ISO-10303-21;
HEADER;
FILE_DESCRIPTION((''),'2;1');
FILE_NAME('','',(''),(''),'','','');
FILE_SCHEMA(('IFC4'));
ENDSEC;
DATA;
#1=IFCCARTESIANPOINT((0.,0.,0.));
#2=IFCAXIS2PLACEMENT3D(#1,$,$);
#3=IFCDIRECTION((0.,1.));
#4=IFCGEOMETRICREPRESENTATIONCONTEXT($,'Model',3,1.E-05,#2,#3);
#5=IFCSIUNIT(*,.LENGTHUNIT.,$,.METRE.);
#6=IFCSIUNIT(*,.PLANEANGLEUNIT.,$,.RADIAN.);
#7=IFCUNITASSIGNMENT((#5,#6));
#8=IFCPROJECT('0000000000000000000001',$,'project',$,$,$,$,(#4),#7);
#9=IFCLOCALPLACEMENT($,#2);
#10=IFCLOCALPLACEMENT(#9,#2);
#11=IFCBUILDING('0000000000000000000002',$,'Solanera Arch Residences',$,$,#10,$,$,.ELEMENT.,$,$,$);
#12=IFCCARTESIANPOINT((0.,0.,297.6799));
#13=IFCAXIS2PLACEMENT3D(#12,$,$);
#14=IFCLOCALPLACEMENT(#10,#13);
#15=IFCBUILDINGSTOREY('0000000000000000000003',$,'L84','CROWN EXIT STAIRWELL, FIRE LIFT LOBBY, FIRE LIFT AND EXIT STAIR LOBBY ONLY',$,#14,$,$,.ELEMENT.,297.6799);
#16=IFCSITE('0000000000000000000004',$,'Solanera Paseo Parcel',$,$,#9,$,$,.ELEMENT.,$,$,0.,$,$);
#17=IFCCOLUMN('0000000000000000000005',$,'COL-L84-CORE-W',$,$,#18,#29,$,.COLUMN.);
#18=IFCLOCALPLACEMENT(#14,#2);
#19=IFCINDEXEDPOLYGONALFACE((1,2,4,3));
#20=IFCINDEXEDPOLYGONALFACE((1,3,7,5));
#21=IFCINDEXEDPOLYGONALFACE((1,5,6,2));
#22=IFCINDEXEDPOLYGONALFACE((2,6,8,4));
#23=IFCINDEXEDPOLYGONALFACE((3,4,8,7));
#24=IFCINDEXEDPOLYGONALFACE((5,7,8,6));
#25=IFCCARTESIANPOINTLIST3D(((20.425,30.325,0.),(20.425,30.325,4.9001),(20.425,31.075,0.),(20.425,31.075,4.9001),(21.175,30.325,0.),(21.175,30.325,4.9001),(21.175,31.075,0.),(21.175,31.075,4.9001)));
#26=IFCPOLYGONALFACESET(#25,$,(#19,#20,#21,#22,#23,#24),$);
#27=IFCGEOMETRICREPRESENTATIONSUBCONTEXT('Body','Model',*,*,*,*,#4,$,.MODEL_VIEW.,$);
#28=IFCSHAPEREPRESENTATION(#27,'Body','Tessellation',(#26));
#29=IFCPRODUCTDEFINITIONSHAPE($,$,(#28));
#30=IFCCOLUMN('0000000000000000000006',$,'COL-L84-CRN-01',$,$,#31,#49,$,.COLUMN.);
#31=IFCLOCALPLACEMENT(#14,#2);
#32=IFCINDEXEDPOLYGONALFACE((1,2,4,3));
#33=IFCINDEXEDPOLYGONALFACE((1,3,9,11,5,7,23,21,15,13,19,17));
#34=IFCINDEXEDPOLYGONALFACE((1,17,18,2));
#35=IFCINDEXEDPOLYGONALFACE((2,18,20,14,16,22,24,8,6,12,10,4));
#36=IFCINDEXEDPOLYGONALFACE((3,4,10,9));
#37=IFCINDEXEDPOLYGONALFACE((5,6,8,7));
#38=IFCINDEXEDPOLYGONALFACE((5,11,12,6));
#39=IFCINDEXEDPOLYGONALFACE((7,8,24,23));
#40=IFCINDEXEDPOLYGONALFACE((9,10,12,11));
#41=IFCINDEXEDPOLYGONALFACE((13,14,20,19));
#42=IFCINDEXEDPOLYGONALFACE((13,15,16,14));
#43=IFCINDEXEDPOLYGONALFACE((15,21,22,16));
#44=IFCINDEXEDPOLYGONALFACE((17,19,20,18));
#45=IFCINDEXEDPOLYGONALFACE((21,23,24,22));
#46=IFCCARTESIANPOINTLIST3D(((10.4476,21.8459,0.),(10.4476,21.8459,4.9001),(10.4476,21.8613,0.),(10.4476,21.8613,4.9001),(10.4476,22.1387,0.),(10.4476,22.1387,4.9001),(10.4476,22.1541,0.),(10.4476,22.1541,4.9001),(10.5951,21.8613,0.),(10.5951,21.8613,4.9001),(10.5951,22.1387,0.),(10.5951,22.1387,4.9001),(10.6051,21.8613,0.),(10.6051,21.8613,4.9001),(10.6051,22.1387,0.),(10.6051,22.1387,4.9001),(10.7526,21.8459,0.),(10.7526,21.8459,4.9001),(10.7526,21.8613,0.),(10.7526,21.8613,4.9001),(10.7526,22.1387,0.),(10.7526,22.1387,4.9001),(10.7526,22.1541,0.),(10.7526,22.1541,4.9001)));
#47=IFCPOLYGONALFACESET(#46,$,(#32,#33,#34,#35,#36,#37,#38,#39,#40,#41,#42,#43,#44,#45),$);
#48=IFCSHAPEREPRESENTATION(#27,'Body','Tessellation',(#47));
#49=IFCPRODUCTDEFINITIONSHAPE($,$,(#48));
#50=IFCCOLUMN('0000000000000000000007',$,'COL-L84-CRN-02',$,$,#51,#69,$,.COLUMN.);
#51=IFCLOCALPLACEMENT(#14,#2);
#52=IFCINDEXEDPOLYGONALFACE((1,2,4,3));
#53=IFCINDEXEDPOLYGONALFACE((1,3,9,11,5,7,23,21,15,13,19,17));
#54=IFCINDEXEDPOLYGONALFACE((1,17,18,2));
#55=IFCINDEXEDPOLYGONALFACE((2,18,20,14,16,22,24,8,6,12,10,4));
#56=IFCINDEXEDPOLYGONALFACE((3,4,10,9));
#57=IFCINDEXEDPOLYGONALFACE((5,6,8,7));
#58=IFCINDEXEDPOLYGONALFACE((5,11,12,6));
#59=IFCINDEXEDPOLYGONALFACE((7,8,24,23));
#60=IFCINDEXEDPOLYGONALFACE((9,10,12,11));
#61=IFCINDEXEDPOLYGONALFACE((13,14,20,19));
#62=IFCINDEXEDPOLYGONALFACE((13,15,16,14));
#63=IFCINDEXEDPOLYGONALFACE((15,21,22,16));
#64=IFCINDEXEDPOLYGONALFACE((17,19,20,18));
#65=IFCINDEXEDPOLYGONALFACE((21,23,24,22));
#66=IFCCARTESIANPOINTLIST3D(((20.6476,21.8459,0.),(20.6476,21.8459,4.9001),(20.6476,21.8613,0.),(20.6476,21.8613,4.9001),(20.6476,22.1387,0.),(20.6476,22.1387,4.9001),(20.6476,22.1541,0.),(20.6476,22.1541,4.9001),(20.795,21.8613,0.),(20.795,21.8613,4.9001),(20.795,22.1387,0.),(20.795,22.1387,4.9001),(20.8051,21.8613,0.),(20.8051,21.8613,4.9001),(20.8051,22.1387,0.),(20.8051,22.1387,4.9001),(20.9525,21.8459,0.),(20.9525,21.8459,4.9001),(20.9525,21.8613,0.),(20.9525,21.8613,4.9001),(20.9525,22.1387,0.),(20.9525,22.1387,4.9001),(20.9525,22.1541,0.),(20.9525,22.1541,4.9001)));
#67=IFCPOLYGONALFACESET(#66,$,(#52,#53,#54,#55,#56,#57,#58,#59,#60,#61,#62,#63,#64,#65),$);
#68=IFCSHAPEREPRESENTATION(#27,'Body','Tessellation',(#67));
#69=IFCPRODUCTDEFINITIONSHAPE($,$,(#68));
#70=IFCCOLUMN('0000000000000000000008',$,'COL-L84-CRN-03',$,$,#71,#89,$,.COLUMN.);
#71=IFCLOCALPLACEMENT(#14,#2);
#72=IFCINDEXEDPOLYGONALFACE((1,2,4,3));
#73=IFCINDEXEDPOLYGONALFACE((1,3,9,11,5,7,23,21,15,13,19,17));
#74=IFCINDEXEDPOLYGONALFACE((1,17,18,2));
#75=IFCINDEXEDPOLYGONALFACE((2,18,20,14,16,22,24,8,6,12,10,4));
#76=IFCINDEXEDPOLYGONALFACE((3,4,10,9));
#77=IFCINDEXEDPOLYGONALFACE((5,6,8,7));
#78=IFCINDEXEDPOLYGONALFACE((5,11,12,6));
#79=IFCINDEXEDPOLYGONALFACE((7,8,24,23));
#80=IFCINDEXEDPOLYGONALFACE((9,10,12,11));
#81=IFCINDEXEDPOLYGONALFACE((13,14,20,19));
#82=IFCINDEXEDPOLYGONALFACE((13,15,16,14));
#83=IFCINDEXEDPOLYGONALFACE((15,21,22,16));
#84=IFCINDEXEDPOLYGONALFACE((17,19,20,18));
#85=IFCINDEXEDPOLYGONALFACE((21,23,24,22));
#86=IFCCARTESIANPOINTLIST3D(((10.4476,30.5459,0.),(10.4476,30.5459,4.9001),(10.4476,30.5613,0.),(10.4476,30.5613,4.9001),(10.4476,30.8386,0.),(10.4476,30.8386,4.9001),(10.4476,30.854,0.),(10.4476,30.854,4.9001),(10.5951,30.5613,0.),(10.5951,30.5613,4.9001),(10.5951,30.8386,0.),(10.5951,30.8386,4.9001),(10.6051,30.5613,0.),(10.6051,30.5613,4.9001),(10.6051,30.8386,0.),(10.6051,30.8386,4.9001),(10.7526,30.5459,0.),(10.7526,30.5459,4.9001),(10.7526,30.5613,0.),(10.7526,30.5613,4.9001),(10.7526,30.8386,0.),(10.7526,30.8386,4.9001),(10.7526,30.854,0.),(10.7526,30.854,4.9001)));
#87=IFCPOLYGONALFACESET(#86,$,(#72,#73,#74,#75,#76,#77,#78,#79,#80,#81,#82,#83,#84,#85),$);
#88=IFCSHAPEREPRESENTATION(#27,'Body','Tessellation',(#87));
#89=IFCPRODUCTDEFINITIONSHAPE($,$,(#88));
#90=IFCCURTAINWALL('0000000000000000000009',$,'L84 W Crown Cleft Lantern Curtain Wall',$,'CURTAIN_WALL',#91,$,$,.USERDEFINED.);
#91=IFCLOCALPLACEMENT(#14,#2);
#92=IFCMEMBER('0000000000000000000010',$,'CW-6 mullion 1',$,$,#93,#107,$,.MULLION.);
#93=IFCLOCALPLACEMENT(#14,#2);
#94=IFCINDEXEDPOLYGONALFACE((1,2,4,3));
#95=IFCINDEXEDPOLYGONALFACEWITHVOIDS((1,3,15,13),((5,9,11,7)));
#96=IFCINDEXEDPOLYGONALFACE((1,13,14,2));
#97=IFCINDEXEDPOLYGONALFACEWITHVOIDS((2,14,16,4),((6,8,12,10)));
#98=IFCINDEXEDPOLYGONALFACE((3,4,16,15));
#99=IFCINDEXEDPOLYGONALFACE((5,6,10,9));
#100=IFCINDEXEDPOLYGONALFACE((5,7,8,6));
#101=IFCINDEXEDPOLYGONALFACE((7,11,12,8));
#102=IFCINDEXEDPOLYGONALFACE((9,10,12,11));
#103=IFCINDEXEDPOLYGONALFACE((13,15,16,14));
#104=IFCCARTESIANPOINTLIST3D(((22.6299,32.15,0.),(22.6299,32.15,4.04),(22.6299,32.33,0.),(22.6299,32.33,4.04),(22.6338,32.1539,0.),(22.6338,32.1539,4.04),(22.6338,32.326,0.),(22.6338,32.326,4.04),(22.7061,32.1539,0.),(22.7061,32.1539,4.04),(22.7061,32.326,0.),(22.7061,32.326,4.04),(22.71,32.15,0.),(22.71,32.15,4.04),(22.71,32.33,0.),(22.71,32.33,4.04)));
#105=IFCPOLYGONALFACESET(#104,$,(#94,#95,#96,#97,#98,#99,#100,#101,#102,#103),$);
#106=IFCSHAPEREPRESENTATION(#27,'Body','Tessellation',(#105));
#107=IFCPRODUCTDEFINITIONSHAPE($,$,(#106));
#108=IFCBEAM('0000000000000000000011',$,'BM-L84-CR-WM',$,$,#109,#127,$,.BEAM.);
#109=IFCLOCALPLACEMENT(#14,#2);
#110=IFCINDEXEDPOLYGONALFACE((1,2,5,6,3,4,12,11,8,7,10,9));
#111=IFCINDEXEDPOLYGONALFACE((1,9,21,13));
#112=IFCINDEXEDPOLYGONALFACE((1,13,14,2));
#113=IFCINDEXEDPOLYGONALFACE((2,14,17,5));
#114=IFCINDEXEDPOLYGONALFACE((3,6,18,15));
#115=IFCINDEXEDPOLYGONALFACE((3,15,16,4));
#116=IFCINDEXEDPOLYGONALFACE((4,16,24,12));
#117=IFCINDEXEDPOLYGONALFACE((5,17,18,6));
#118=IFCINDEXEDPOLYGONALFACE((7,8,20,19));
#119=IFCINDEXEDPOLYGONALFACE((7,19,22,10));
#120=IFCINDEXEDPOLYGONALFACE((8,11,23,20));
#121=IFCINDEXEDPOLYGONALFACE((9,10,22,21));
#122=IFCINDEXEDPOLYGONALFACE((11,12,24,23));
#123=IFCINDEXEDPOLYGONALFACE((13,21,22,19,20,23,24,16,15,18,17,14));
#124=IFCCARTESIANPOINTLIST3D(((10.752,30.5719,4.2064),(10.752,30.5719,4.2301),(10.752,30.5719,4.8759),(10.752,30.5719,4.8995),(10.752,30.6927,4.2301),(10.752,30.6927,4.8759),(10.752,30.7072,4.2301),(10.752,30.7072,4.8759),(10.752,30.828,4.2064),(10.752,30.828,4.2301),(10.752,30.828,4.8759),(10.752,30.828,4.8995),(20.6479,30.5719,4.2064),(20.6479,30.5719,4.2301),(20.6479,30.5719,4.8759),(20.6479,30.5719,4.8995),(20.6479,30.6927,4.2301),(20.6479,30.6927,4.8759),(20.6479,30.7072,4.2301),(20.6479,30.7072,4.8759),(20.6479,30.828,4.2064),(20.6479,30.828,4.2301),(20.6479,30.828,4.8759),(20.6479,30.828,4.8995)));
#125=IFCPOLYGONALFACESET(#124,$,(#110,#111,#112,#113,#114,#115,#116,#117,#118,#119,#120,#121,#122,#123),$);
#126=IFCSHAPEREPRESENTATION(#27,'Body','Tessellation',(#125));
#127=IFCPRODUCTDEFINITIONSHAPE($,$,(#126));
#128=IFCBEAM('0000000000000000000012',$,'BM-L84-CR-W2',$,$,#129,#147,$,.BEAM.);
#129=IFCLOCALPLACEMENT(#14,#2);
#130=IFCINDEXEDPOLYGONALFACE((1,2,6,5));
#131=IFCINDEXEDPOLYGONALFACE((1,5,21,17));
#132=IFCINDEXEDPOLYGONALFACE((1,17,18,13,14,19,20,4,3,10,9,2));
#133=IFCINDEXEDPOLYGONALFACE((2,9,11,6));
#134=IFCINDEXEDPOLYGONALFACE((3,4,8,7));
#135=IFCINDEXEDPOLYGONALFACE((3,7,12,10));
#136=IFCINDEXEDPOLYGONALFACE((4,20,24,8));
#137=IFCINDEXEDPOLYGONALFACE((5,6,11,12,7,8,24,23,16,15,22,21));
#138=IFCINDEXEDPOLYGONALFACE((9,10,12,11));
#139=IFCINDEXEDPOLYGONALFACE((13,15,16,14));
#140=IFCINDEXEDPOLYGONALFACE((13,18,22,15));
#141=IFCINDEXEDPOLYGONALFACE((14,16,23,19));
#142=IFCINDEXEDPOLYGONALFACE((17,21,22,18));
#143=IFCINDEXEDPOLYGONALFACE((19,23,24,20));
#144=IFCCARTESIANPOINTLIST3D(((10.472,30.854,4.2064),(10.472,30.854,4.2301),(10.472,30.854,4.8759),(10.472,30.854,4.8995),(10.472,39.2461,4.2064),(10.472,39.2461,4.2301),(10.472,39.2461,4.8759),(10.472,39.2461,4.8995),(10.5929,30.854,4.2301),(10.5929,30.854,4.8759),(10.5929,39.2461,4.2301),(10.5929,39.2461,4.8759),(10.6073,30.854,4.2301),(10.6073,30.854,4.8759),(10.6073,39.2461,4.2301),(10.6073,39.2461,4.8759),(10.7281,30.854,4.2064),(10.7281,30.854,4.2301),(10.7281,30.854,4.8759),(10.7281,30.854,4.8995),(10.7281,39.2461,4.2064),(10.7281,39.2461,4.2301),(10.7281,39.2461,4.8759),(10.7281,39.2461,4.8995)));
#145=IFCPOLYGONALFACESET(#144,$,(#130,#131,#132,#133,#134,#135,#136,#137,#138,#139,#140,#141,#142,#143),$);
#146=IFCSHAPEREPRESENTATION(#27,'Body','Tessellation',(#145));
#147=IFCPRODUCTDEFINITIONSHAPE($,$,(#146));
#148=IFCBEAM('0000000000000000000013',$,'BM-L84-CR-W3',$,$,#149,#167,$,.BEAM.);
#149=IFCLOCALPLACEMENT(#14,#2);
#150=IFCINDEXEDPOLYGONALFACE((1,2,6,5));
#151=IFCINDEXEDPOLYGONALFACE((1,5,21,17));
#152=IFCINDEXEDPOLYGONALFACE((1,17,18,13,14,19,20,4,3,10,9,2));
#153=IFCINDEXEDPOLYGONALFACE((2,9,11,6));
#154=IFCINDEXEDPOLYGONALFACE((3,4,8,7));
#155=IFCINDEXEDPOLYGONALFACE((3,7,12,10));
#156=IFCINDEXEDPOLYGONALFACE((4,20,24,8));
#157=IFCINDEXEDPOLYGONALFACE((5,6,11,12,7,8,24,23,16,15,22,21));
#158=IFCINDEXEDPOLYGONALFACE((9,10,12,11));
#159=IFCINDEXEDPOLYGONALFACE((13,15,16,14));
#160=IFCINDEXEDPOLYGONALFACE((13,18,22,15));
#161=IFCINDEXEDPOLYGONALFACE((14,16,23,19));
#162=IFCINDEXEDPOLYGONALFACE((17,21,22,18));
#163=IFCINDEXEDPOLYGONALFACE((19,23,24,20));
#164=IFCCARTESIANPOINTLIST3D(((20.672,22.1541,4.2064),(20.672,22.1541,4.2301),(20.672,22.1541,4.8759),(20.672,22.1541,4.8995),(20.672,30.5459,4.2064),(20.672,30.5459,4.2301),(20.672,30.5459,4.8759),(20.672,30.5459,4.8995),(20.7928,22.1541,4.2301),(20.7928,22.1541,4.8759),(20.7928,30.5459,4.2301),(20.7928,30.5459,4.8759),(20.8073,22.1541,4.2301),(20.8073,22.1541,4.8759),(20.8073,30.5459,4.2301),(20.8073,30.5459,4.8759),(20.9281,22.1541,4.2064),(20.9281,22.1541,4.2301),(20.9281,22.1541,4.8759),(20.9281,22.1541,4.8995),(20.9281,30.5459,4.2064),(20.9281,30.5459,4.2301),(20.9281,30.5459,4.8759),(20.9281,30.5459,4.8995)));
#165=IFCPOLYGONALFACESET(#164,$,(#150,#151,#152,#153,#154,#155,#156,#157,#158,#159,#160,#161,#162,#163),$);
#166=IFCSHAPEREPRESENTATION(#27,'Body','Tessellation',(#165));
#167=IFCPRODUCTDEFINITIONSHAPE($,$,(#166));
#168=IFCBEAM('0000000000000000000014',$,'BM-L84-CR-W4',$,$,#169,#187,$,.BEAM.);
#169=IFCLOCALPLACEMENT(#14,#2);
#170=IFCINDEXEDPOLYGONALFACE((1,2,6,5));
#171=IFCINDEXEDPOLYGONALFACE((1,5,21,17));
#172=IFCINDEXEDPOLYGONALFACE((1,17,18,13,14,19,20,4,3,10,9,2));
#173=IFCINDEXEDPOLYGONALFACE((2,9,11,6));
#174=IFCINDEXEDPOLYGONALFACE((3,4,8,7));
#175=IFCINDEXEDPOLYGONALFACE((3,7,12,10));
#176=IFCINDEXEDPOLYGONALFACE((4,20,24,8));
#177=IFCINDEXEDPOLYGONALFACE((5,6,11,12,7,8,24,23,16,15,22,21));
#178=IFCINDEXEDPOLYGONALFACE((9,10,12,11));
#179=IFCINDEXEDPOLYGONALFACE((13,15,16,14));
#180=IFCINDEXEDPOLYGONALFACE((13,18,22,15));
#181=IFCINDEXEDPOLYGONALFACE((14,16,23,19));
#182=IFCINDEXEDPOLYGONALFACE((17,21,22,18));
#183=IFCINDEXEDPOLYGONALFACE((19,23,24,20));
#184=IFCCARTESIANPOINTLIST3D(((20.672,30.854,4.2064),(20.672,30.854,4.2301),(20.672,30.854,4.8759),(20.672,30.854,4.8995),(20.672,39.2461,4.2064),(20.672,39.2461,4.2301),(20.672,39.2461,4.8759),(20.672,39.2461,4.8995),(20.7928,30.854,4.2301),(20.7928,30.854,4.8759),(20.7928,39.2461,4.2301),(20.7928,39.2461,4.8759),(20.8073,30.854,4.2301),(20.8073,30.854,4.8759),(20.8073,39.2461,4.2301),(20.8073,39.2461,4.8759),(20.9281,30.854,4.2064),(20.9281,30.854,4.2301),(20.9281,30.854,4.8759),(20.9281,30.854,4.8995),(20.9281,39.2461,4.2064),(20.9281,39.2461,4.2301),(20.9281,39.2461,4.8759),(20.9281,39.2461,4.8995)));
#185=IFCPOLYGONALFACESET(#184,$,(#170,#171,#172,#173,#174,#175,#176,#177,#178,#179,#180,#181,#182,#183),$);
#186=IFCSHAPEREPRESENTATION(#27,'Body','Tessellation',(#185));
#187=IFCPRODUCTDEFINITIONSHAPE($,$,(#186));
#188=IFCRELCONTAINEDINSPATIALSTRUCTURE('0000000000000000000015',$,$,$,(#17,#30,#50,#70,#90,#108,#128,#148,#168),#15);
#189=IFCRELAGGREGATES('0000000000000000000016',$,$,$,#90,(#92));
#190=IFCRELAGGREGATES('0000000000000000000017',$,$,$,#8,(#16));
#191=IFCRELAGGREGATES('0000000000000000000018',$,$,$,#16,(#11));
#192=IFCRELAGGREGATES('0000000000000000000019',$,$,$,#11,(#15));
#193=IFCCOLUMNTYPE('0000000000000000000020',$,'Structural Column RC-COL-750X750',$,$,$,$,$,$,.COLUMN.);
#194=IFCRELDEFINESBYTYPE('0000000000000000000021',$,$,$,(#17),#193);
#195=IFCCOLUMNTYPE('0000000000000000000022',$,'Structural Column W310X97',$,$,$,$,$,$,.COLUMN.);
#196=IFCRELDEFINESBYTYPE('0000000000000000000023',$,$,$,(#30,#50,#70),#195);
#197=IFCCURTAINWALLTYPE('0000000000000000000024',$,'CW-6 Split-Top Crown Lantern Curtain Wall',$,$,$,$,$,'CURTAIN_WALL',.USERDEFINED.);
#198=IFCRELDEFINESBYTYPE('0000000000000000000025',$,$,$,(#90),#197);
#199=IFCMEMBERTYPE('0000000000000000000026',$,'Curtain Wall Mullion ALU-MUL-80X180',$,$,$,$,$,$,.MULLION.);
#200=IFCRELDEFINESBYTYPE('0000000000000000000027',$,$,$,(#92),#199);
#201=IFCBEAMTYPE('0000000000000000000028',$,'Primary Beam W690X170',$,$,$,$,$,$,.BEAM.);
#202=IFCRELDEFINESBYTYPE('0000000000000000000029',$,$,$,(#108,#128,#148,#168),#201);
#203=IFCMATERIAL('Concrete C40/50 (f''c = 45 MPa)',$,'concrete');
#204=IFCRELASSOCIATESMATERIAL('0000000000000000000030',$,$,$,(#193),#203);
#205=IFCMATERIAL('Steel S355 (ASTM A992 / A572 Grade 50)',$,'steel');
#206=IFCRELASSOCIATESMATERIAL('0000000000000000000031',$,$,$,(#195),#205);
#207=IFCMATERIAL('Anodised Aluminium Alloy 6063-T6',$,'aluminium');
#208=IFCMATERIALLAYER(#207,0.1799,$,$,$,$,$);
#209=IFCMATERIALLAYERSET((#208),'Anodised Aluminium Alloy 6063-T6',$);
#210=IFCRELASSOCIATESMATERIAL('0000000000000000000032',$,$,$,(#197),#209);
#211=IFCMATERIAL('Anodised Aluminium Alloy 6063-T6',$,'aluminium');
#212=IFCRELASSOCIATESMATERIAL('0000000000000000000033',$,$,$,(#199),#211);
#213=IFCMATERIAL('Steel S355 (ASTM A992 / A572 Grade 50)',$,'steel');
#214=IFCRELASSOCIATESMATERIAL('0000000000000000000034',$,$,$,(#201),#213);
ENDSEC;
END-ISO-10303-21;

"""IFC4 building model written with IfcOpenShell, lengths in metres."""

from ifc_helpers import new_model, si_unit, direction, frame, origin, origin_2d, place, context, subcontext, project, spatial, rectangle, hollow_rectangle, i_section, extrude, material, layer, layer_set, material_profile, profile_set, type_object, element, aggregate, save


model = new_model("IFC4")

# Units and contexts
model_context = context("Model", 3, precision=1e-05, world=origin(), true_north=direction((0.0, 1.0)))
body_context = subcontext(model_context, "Body", "Model", "MODEL_VIEW")
ifc_project = project(units=[si_unit("LENGTHUNIT", "METRE"), si_unit("PLANEANGLEUNIT", "RADIAN")], contexts=[model_context])

# Site, building, storey
site_placement = place(None, origin())
site = spatial("IfcSite", under=ifc_project, at=site_placement, Name="Solanera Paseo Parcel", CompositionType="ELEMENT", RefElevation=0.0)
building_placement = place(site_placement, origin())
building = spatial("IfcBuilding", under=site, at=building_placement, Name="Solanera Arch Residences", CompositionType="ELEMENT")
storey_placement = place(building_placement, frame((0.0, 0.0, 297.6799)))
storey = spatial("IfcBuildingStorey", under=building, at=storey_placement, Name="L84", Description="CROWN EXIT STAIRWELL, FIRE LIFT LOBBY, FIRE LIFT AND EXIT STAIR LOBBY ONLY", CompositionType="ELEMENT", Elevation=297.6799)

# Columns
ifc_material_1 = material(Name="Concrete C40/50 (f'c = 45 MPa)", Category="concrete")
ifc_material_profile_1 = material_profile(ifc_material_1, rectangle(XDim=0.75, YDim=0.75, at=origin_2d()))
ifc_profile_set_1 = profile_set([ifc_material_profile_1], Name="Concrete C40/50 (f'c = 45 MPa)")
column_type_1 = type_object("IfcColumnType", Name="Structural Column RC-COL-750X750", PredefinedType="COLUMN", material=ifc_profile_set_1)
column_placement = place(storey_placement, frame((20.8, 30.7, 0.0), z_axis=(0.0, 0.0, 1.0), x_axis=(1.0, 0.0, 0.0)))
element("IfcColumn", 1, at=column_placement, inside=storey, type_object=column_type_1, Name="COL-L84-CORE-W", PredefinedType="COLUMN", context=body_context, shape_type="SweptSolid", body=[
    extrude(rectangle(XDim=0.75, YDim=0.75, at=origin_2d()), origin(), (0.0, 0.0, 1.0), 4.9001),
])
ifc_material_2 = material(Name="Steel S355 (ASTM A992 / A572 Grade 50)", Category="steel")
ifc_material_profile_2 = material_profile(ifc_material_2, i_section(OverallWidth=0.3049, OverallDepth=0.3081, WebThickness=0.01, FlangeThickness=0.0154, at=origin_2d()))
ifc_profile_set_2 = profile_set([ifc_material_profile_2], Name="Steel S355 (ASTM A992 / A572 Grade 50)")
column_type_2 = type_object("IfcColumnType", Name="Structural Column W310X97", PredefinedType="COLUMN", material=ifc_profile_set_2)
for number, where, z_axis, x_axis, name in (
    (2, (10.6001, 22.0, 0.0), (0.0, 0.0, 1.0), (1.0, 0.0, 0.0), "COL-L84-CRN-01"),
    (3, (20.8, 22.0, 0.0), (0.0, 0.0, 1.0), (1.0, 0.0, 0.0), "COL-L84-CRN-02"),
    (4, (10.6001, 30.7, 0.0), (0.0, 0.0, 1.0), (1.0, 0.0, 0.0), "COL-L84-CRN-03"),
):
    element("IfcColumn", number, at=place(storey_placement, frame(where, z_axis=z_axis, x_axis=x_axis)), inside=storey, type_object=column_type_2, Name=name, PredefinedType="COLUMN", context=body_context, shape_type="SweptSolid", body=[
        extrude(i_section(OverallWidth=0.3049, OverallDepth=0.3081, WebThickness=0.01, FlangeThickness=0.0154, at=origin_2d()), origin(), (0.0, 0.0, 1.0), 4.9001),
    ])

# Curtain wall, member
ifc_material_3 = material(Name="Anodised Aluminium Alloy 6063-T6", Category="aluminium")
ifc_layer_1 = layer(ifc_material_3, 0.1799)
ifc_layer_set_1 = layer_set([ifc_layer_1], Name="Anodised Aluminium Alloy 6063-T6")
curtain_wall_type = type_object("IfcCurtainWallType", Name="CW-6 Split-Top Crown Lantern Curtain Wall", ElementType="CURTAIN_WALL", PredefinedType="USERDEFINED", material=ifc_layer_set_1)
curtain_wall_placement = place(storey_placement, origin())
curtain_wall = element("IfcCurtainWall", 5, at=curtain_wall_placement, inside=storey, type_object=curtain_wall_type, Name="L84 W Crown Cleft Lantern Curtain Wall", ObjectType="CURTAIN_WALL", PredefinedType="USERDEFINED")
ifc_material_4 = material(Name="Anodised Aluminium Alloy 6063-T6", Category="aluminium")
ifc_material_profile_3 = material_profile(ifc_material_4, hollow_rectangle(XDim=0.0801, YDim=0.1799, WallThickness=0.0039, at=origin_2d()))
ifc_profile_set_3 = profile_set([ifc_material_profile_3], Name="Anodised Aluminium Alloy 6063-T6")
member_type = type_object("IfcMemberType", Name="Curtain Wall Mullion ALU-MUL-80X180", PredefinedType="MULLION", material=ifc_profile_set_3)
member_placement = place(storey_placement, frame((22.6699, 32.24, 0.0), z_axis=(0.0, 0.0, 1.0), x_axis=(-1.0, 0.0, 0.0)))
member = element("IfcMember", 6, at=member_placement, type_object=member_type, Name="CW-6 mullion 1", PredefinedType="MULLION", context=body_context, shape_type="SweptSolid", body=[
    extrude(hollow_rectangle(XDim=0.0801, YDim=0.1799, WallThickness=0.0039, at=origin_2d()), origin(), (0.0, 0.0, 1.0), 4.04),
])
aggregate(curtain_wall, [member])

# Beams
ifc_material_5 = material(Name="Steel S355 (ASTM A992 / A572 Grade 50)", Category="steel")
ifc_material_profile_4 = material_profile(ifc_material_5, i_section(OverallWidth=0.2561, OverallDepth=0.6931, WebThickness=0.0144, FlangeThickness=0.0237, at=origin_2d()))
ifc_profile_set_4 = profile_set([ifc_material_profile_4], Name="Steel S355 (ASTM A992 / A572 Grade 50)")
beam_type_1 = type_object("IfcBeamType", Name="Primary Beam W690X170", PredefinedType="BEAM", material=ifc_profile_set_4)
beam_1_placement = place(storey_placement, frame((10.752, 30.7, 4.553), z_axis=(1.0, 0.0, 0.0), x_axis=(0.0, 1.0, 0.0)))
element("IfcBeam", 7, at=beam_1_placement, inside=storey, type_object=beam_type_1, Name="BM-L84-CR-WM", PredefinedType="BEAM", context=body_context, shape_type="SweptSolid", body=[
    extrude(i_section(OverallWidth=0.2561, OverallDepth=0.6931, WebThickness=0.0144, FlangeThickness=0.0237, at=origin_2d()), origin(), (0.0, 0.0, 1.0), 9.896),
])
beam_2_placement = place(storey_placement, frame((10.6001, 30.854, 4.553), z_axis=(0.0, 1.0, 0.0), x_axis=(-1.0, 0.0, 0.0)))
element("IfcBeam", 8, at=beam_2_placement, inside=storey, type_object=beam_type_1, Name="BM-L84-CR-W2", PredefinedType="BEAM", context=body_context, shape_type="SweptSolid", body=[
    extrude(i_section(OverallWidth=0.2561, OverallDepth=0.6931, WebThickness=0.0144, FlangeThickness=0.0237, at=origin_2d()), origin(), (0.0, 0.0, 1.0), 8.3921),
])
beam_3_placement = place(storey_placement, frame((20.8, 22.1541, 4.553), z_axis=(0.0, 1.0, 0.0), x_axis=(-1.0, 0.0, 0.0)))
element("IfcBeam", 9, at=beam_3_placement, inside=storey, type_object=beam_type_1, Name="BM-L84-CR-W3", PredefinedType="BEAM", context=body_context, shape_type="SweptSolid", body=[
    extrude(i_section(OverallWidth=0.2561, OverallDepth=0.6931, WebThickness=0.0144, FlangeThickness=0.0237, at=origin_2d()), origin(), (0.0, 0.0, 1.0), 8.3918),
])
beam_4_placement = place(storey_placement, frame((20.8, 30.854, 4.553), z_axis=(0.0, 1.0, 0.0), x_axis=(-1.0, 0.0, 0.0)))
element("IfcBeam", 10, at=beam_4_placement, inside=storey, type_object=beam_type_1, Name="BM-L84-CR-W4", PredefinedType="BEAM", context=body_context, shape_type="SweptSolid", body=[
    extrude(i_section(OverallWidth=0.2561, OverallDepth=0.6931, WebThickness=0.0144, FlangeThickness=0.0237, at=origin_2d()), origin(), (0.0, 0.0, 1.0), 8.3921),
])

save(model, "model.ifc")
